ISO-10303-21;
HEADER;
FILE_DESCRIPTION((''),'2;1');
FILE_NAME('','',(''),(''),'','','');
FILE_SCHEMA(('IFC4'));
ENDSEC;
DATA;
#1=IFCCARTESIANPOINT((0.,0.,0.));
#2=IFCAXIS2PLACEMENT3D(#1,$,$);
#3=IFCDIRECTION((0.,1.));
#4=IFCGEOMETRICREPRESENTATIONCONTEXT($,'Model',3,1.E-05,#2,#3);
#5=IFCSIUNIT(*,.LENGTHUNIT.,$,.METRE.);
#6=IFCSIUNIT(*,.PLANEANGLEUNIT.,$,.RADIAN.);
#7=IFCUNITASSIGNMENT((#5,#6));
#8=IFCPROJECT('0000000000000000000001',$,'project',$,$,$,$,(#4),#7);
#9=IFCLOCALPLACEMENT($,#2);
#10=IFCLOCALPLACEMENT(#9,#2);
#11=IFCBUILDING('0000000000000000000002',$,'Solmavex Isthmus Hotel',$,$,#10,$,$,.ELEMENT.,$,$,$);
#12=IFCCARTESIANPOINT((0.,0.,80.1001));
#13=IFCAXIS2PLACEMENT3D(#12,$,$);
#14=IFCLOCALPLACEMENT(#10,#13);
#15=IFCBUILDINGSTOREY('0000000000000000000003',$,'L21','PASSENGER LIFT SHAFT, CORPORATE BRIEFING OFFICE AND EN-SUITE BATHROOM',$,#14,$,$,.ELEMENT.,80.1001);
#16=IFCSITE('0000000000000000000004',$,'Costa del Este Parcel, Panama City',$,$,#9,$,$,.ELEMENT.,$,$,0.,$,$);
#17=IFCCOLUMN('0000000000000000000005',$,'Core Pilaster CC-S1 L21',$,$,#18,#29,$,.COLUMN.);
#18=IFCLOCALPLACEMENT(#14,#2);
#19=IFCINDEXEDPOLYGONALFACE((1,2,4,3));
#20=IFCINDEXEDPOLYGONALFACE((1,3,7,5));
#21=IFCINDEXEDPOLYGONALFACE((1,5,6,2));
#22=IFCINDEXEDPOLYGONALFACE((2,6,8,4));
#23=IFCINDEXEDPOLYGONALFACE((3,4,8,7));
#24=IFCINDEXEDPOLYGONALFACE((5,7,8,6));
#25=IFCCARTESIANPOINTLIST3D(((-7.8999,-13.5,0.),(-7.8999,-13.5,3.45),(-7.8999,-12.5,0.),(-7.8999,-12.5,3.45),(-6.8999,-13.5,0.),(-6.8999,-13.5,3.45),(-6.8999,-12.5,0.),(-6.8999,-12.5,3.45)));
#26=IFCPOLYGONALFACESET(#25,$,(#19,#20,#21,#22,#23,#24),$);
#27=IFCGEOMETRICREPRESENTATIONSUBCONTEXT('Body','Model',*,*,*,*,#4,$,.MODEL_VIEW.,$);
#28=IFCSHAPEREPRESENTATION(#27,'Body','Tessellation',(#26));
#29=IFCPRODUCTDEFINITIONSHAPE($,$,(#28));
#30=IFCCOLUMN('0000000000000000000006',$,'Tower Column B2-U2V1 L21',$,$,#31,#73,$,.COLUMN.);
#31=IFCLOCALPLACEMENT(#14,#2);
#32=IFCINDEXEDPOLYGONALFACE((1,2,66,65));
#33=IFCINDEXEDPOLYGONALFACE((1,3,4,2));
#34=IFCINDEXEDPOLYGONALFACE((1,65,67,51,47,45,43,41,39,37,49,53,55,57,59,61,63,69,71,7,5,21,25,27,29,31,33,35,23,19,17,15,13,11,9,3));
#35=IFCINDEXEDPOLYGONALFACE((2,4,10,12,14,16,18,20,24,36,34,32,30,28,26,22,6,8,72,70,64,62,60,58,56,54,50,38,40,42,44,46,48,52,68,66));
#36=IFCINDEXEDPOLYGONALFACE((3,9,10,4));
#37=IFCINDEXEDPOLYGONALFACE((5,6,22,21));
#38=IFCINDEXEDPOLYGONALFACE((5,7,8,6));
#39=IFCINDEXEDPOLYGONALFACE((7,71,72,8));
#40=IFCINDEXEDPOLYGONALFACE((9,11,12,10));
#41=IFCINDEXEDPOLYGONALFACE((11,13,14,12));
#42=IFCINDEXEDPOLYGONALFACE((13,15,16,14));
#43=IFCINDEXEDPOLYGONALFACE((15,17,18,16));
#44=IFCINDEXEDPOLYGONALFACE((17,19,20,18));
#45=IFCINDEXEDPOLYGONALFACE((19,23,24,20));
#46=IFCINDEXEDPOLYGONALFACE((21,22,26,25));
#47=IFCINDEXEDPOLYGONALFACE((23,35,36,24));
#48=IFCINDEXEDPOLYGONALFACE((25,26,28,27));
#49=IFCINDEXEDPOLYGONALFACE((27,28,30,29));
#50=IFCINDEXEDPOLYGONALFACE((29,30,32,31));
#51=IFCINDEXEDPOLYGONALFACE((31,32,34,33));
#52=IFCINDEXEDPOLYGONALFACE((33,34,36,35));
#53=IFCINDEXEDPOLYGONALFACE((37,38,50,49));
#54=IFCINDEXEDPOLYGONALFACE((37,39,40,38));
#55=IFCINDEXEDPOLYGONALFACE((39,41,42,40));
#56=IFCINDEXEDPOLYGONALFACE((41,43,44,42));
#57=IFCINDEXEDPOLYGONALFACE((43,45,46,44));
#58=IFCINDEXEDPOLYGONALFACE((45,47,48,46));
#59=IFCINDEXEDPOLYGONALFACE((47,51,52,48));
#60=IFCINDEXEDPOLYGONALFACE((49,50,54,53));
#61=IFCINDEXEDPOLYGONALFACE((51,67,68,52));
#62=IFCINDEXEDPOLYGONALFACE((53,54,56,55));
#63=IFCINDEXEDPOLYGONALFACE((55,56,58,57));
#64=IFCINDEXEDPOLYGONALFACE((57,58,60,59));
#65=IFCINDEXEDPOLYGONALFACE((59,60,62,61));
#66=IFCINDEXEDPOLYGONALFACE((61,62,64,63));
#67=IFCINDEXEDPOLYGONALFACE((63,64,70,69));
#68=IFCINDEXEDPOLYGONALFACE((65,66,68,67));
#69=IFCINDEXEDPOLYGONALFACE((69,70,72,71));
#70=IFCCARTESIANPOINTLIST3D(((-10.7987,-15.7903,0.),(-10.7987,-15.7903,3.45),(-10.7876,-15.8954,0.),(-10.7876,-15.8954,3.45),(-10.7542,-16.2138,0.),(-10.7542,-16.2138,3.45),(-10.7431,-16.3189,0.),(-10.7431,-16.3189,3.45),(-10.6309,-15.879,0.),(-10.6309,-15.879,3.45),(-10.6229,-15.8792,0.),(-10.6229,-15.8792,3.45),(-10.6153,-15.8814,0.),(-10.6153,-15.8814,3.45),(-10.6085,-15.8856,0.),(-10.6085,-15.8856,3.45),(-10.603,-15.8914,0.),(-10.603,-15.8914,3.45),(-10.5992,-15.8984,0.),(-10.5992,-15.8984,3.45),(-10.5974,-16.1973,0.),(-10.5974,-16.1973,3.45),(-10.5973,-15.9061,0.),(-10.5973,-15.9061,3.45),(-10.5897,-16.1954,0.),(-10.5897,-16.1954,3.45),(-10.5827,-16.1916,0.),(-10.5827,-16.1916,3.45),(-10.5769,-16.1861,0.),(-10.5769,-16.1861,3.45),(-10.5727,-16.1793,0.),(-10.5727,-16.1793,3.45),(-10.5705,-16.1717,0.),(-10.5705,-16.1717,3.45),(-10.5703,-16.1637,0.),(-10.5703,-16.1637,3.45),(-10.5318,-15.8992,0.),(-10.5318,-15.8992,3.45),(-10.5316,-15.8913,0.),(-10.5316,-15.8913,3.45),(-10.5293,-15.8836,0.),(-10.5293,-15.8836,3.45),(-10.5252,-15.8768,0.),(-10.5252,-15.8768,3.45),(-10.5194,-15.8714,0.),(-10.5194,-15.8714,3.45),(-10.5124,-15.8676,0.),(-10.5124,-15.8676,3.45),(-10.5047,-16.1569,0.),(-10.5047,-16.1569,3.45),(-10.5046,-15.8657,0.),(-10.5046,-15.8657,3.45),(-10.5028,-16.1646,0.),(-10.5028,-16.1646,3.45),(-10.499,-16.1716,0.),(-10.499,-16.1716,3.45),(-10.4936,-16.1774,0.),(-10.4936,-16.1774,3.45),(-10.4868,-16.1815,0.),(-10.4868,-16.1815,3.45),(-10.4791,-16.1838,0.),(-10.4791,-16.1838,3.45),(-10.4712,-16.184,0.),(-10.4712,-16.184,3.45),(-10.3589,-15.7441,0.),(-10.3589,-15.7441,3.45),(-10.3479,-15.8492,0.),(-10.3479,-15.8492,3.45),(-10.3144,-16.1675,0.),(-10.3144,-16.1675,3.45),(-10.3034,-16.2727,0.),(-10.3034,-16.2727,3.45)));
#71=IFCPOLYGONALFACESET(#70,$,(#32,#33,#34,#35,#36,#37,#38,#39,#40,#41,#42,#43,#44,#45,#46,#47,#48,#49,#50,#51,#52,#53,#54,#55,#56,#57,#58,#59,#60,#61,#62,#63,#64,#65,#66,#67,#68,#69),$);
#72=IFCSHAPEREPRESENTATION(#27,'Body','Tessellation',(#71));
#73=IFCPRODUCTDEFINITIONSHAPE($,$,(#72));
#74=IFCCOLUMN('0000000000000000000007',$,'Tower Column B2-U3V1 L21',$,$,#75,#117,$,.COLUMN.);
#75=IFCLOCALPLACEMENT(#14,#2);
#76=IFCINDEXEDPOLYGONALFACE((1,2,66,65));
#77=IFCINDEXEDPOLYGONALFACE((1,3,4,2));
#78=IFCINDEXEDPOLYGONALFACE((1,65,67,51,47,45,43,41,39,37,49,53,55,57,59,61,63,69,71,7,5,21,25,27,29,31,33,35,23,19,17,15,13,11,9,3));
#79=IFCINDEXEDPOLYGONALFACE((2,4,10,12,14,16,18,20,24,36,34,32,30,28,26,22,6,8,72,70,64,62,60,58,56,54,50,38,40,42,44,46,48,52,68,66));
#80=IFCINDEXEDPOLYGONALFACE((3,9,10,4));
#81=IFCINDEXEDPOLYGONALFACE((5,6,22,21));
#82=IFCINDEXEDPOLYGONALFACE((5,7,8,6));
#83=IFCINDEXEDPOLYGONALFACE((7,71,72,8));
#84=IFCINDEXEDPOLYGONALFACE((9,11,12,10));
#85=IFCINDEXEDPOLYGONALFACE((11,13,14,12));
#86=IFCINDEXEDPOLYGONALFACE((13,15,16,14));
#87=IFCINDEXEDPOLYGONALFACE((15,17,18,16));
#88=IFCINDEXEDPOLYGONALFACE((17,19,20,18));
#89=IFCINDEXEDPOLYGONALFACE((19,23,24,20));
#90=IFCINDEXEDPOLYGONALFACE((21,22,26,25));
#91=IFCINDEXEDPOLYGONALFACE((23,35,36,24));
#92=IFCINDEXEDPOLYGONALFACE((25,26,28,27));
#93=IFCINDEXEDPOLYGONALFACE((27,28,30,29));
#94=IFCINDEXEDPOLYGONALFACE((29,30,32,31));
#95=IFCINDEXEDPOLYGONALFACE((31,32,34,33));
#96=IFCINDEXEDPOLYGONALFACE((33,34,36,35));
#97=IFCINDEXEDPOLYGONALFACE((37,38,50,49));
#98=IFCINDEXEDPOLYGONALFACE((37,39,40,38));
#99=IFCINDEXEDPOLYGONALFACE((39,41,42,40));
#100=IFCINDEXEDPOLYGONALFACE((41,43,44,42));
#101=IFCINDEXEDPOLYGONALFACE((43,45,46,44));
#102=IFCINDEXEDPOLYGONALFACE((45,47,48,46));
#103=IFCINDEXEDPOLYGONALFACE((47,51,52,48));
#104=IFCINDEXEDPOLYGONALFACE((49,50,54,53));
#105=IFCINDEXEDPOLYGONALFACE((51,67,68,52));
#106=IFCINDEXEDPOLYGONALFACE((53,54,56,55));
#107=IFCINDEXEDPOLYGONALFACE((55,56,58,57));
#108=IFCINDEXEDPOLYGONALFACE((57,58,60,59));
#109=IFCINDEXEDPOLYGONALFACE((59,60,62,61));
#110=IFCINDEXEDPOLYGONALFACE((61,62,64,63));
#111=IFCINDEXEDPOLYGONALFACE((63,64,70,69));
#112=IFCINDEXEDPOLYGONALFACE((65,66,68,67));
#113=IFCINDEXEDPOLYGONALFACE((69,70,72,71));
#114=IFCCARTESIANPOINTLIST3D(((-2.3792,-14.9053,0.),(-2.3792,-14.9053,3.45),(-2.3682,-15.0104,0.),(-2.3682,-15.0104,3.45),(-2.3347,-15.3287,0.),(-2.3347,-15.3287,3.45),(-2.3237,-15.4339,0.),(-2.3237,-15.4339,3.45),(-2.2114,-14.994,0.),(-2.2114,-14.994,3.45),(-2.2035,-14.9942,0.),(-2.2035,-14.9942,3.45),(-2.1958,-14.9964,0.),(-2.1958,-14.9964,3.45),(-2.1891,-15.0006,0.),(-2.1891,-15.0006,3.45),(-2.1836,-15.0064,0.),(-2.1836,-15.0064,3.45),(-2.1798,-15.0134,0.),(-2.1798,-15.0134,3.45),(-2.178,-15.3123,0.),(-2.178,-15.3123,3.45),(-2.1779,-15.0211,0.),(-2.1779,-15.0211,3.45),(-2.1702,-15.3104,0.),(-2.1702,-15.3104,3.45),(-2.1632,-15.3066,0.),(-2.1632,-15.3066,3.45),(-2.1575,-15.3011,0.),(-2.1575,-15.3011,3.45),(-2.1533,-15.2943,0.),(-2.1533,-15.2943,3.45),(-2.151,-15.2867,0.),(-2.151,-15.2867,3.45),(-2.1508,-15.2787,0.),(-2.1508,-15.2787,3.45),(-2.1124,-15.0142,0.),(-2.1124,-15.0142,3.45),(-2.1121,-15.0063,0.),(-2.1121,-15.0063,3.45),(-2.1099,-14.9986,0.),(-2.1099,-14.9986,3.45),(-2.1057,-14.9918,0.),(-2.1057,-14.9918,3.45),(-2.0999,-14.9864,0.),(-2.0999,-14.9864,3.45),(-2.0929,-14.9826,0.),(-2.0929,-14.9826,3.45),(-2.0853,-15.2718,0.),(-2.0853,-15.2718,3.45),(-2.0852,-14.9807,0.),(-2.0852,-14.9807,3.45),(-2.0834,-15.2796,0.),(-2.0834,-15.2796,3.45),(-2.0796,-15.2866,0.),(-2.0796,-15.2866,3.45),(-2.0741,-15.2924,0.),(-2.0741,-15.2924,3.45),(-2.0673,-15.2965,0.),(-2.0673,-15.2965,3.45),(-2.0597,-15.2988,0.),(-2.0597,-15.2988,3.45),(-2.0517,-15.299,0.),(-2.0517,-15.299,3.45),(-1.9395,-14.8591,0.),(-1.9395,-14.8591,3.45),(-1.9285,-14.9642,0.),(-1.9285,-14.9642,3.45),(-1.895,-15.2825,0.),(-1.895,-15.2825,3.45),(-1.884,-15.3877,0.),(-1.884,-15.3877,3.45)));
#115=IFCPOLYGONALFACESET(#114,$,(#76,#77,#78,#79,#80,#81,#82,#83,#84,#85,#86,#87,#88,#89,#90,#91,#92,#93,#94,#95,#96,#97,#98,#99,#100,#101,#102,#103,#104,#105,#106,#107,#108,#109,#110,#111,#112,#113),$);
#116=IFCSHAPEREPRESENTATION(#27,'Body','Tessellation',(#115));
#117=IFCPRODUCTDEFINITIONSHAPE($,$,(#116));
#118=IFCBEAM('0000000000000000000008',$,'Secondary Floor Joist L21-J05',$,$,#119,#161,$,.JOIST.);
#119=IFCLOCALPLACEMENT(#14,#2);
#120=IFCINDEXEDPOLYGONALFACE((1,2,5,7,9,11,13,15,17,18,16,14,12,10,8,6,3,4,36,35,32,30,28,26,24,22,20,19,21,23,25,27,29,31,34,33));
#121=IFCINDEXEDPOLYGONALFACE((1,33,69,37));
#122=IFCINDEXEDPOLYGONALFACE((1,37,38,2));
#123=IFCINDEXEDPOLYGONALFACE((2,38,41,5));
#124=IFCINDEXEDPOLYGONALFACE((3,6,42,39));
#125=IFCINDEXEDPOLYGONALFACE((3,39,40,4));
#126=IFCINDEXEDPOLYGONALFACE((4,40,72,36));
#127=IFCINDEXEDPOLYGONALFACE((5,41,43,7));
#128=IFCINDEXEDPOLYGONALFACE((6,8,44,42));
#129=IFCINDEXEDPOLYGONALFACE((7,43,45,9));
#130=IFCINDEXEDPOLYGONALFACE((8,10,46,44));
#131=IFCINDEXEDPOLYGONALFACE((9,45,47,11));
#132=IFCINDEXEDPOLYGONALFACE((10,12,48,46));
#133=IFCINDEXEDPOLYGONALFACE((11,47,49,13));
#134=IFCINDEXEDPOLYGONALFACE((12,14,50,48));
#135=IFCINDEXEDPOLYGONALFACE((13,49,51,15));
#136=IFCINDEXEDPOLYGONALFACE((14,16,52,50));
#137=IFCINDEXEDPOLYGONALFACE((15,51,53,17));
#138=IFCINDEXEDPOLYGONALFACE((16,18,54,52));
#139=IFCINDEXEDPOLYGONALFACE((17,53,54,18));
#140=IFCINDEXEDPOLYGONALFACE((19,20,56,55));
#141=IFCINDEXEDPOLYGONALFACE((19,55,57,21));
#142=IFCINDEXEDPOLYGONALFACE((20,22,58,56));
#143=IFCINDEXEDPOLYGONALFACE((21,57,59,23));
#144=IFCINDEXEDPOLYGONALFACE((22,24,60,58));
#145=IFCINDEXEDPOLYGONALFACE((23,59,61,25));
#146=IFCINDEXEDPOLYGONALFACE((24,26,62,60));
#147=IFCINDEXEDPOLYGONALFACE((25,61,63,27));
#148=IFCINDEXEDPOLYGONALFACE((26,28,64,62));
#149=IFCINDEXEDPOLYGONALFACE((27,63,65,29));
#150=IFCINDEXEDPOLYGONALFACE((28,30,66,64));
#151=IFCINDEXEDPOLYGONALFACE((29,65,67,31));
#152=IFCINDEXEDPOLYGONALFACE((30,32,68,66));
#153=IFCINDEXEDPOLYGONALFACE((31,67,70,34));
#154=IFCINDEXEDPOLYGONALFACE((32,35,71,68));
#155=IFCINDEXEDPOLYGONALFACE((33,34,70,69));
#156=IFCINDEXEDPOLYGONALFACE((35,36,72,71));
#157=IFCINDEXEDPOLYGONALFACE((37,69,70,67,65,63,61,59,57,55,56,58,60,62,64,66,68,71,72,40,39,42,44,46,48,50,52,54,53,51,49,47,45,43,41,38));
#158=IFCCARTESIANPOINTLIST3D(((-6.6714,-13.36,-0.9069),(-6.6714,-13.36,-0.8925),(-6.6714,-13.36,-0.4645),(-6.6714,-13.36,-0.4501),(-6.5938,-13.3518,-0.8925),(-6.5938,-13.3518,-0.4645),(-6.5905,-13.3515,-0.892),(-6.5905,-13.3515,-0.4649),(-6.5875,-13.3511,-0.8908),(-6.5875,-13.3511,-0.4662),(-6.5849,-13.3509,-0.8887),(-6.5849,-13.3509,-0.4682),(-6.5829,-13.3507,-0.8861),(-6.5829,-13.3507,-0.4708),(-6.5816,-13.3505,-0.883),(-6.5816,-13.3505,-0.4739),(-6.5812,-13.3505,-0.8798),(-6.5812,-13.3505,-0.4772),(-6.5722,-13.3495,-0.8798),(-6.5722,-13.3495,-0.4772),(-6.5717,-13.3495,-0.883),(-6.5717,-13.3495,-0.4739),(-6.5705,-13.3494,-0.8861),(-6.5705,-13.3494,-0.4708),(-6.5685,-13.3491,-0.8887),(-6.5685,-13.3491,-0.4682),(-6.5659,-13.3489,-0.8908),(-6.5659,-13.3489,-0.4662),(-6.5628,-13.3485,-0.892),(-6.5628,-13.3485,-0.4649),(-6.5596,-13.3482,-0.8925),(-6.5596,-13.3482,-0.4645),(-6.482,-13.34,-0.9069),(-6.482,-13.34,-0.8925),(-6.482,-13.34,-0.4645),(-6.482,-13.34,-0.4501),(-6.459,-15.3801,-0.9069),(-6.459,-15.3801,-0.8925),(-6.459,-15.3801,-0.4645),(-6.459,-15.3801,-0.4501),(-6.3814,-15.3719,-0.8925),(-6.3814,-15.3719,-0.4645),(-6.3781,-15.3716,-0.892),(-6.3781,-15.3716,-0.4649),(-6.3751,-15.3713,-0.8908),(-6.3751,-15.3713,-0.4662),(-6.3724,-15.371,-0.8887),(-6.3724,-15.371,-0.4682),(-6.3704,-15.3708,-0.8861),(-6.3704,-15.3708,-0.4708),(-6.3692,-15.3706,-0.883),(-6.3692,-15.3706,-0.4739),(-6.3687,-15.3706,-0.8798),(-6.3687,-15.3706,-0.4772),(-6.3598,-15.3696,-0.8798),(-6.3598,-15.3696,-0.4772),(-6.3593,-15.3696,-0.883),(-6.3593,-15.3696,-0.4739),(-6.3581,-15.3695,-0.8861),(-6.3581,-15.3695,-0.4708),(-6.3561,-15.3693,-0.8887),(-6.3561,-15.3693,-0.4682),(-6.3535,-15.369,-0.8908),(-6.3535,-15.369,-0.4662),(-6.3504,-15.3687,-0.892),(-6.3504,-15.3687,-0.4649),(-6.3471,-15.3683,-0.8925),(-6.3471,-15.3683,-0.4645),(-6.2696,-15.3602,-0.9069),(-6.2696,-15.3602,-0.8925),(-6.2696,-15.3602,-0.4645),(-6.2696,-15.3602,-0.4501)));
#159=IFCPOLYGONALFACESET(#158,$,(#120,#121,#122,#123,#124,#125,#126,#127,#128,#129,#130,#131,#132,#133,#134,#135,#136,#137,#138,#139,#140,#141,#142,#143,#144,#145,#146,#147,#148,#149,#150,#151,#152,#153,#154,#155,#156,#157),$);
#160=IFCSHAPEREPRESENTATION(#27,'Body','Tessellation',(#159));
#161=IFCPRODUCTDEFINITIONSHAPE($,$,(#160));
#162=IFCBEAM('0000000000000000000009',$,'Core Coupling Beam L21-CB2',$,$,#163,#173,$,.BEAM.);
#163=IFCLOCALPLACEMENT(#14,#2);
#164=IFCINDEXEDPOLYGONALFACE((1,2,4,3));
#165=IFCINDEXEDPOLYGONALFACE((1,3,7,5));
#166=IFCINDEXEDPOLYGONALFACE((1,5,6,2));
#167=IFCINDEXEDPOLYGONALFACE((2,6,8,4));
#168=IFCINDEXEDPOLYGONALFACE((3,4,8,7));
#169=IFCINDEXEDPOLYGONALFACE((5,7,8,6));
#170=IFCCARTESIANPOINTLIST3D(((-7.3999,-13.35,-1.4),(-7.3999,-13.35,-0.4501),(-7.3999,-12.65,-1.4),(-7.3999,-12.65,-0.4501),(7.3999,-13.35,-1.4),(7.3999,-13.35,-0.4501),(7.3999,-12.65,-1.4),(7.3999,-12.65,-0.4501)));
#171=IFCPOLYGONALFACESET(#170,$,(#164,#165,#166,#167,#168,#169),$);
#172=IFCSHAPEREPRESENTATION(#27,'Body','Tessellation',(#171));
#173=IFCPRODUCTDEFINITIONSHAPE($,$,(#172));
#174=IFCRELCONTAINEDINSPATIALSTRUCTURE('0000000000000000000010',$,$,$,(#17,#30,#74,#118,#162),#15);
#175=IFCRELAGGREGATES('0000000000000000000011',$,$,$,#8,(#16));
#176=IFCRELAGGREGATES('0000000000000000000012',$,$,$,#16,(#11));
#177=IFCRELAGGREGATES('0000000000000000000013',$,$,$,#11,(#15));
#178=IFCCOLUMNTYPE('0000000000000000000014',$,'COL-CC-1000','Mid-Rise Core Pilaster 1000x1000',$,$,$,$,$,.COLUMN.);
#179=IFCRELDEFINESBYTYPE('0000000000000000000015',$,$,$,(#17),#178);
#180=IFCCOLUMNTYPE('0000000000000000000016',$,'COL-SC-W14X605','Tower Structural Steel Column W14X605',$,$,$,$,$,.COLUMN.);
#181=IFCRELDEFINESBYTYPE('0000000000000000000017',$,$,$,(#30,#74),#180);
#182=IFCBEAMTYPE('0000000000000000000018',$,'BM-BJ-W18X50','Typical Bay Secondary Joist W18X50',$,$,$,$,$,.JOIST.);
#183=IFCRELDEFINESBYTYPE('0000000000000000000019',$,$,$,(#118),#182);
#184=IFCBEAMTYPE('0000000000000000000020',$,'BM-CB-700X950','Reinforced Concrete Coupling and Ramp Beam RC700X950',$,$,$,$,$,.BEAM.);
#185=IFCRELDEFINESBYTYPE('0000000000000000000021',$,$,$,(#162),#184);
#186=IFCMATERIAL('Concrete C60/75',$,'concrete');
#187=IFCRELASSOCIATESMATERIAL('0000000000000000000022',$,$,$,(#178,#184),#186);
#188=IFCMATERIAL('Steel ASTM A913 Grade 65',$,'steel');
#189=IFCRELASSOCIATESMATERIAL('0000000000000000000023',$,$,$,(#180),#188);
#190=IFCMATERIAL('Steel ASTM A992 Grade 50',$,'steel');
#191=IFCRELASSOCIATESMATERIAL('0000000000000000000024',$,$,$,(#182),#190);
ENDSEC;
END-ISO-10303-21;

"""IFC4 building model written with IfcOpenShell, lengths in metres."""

from ifc_helpers import new_model, si_unit, direction, frame, origin, origin_2d, place, context, subcontext, project, spatial, rectangle, i_section, extrude, material, material_profile, profile_set, type_object, element, save


model = new_model("IFC4")

# Units and contexts
model_context = context("Model", 3, precision=1e-05, world=origin(), true_north=direction((0.0, 1.0)))
body_context = subcontext(model_context, "Body", "Model", "MODEL_VIEW")
ifc_project = project(units=[si_unit("LENGTHUNIT", "METRE"), si_unit("PLANEANGLEUNIT", "RADIAN")], contexts=[model_context])

# Site, building, storey
site_placement = place(None, origin())
site = spatial("IfcSite", under=ifc_project, at=site_placement, Name="Costa del Este Parcel, Panama City", CompositionType="ELEMENT", RefElevation=0.0)
building_placement = place(site_placement, origin())
building = spatial("IfcBuilding", under=site, at=building_placement, Name="Solmavex Isthmus Hotel", CompositionType="ELEMENT")
storey_placement = place(building_placement, frame((0.0, 0.0, 80.1001)))
storey = spatial("IfcBuildingStorey", under=building, at=storey_placement, Name="L21", Description="PASSENGER LIFT SHAFT, CORPORATE BRIEFING OFFICE AND EN-SUITE BATHROOM", CompositionType="ELEMENT", Elevation=80.1001)

# Columns
ifc_material_1 = material(Name="Concrete C60/75", Category="concrete")
ifc_material_profile_1 = material_profile(ifc_material_1, rectangle(XDim=1.0, YDim=1.0, at=origin_2d()), Name="RC1000X1000")
ifc_profile_set_1 = profile_set([ifc_material_profile_1], Name="Concrete C60/75")
column_type_1 = type_object("IfcColumnType", Name="COL-CC-1000", Description="Mid-Rise Core Pilaster 1000x1000", PredefinedType="COLUMN", material=ifc_profile_set_1)
column_placement = place(storey_placement, frame((-7.3999, -13.0, 0.0), z_axis=(0.0, 0.0, 1.0), x_axis=(1.0, 0.0, 0.0)))
element("IfcColumn", 1, at=column_placement, inside=storey, type_object=column_type_1, Name="Core Pilaster CC-S1 L21", PredefinedType="COLUMN", context=body_context, shape_type="SweptSolid", body=[
    extrude(rectangle(XDim=1.0, YDim=1.0, at=origin_2d()), origin(), (0.0, 0.0, 1.0), 3.45),
])
ifc_material_2 = material(Name="Steel ASTM A913 Grade 65", Category="steel")
ifc_material_profile_2 = material_profile(ifc_material_2, i_section(OverallWidth=0.4421, OverallDepth=0.5315, WebThickness=0.0659, FlangeThickness=0.1057, FilletRadius=0.0305, at=origin_2d()), Name="W14X605")
ifc_profile_set_2 = profile_set([ifc_material_profile_2], Name="Steel ASTM A913 Grade 65")
column_type_2 = type_object("IfcColumnType", Name="COL-SC-W14X605", Description="Tower Structural Steel Column W14X605", PredefinedType="COLUMN", material=ifc_profile_set_2)
for number, where, z_axis, x_axis, name in (
    (2, (-10.551, -16.0315, 0.0), (0.0, 0.0, 1.0), (0.994522, 0.104528, 0.0), "Tower Column B2-U2V1 L21"),
    (3, (-2.1316, -15.1465, 0.0), (0.0, 0.0, 1.0), (0.994522, 0.104528, 0.0), "Tower Column B2-U3V1 L21"),
):
    element("IfcColumn", number, at=place(storey_placement, frame(where, z_axis=z_axis, x_axis=x_axis)), inside=storey, type_object=column_type_2, Name=name, PredefinedType="COLUMN", context=body_context, shape_type="SweptSolid", body=[
        extrude(i_section(OverallWidth=0.4421, OverallDepth=0.5315, WebThickness=0.0659, FlangeThickness=0.1057, FilletRadius=0.0305, at=origin_2d()), origin(), (0.0, 0.0, 1.0), 3.45),
    ])

# Beams
ifc_material_3 = material(Name="Steel ASTM A992 Grade 50", Category="steel")
ifc_material_profile_3 = material_profile(ifc_material_3, i_section(OverallWidth=0.1904, OverallDepth=0.4568, WebThickness=0.009, FlangeThickness=0.0144, FilletRadius=0.0127, at=origin_2d()), Name="W18X50")
ifc_profile_set_3 = profile_set([ifc_material_profile_3], Name="Steel ASTM A992 Grade 50")
beam_type_1 = type_object("IfcBeamType", Name="BM-BJ-W18X50", Description="Typical Bay Secondary Joist W18X50", PredefinedType="JOIST", material=ifc_profile_set_3)
beam_1_placement = place(storey_placement, frame((-6.3643, -15.3701, -0.6785), z_axis=(-0.104572, 0.994517, 0.0), x_axis=(-0.994517, -0.104572, 0.0)))
element("IfcBeam", 4, at=beam_1_placement, inside=storey, type_object=beam_type_1, Name="Secondary Floor Joist L21-J05", PredefinedType="JOIST", context=body_context, shape_type="SweptSolid", body=[
    extrude(i_section(OverallWidth=0.1904, OverallDepth=0.4568, WebThickness=0.009, FlangeThickness=0.0144, FilletRadius=0.0127, at=origin_2d()), origin(), (0.0, 0.0, 1.0), 2.0312),
])
ifc_material_profile_4 = material_profile(ifc_material_1, rectangle(XDim=0.7, YDim=0.95, at=origin_2d()), Name="RC700X950")
ifc_profile_set_4 = profile_set([ifc_material_profile_4], Name="Concrete C60/75")
beam_type_2 = type_object("IfcBeamType", Name="BM-CB-700X950", Description="Reinforced Concrete Coupling and Ramp Beam RC700X950", PredefinedType="BEAM", material=ifc_profile_set_4)
beam_2_placement = place(storey_placement, frame((-7.3999, -13.0, -0.925), z_axis=(1.0, 0.0, 0.0), x_axis=(0.0, 1.0, 0.0)))
element("IfcBeam", 5, at=beam_2_placement, inside=storey, type_object=beam_type_2, Name="Core Coupling Beam L21-CB2", PredefinedType="BEAM", context=body_context, shape_type="SweptSolid", body=[
    extrude(rectangle(XDim=0.7, YDim=0.95, at=origin_2d()), origin(), (0.0, 0.0, 1.0), 14.7998),
])

save(model, "model.ifc")
